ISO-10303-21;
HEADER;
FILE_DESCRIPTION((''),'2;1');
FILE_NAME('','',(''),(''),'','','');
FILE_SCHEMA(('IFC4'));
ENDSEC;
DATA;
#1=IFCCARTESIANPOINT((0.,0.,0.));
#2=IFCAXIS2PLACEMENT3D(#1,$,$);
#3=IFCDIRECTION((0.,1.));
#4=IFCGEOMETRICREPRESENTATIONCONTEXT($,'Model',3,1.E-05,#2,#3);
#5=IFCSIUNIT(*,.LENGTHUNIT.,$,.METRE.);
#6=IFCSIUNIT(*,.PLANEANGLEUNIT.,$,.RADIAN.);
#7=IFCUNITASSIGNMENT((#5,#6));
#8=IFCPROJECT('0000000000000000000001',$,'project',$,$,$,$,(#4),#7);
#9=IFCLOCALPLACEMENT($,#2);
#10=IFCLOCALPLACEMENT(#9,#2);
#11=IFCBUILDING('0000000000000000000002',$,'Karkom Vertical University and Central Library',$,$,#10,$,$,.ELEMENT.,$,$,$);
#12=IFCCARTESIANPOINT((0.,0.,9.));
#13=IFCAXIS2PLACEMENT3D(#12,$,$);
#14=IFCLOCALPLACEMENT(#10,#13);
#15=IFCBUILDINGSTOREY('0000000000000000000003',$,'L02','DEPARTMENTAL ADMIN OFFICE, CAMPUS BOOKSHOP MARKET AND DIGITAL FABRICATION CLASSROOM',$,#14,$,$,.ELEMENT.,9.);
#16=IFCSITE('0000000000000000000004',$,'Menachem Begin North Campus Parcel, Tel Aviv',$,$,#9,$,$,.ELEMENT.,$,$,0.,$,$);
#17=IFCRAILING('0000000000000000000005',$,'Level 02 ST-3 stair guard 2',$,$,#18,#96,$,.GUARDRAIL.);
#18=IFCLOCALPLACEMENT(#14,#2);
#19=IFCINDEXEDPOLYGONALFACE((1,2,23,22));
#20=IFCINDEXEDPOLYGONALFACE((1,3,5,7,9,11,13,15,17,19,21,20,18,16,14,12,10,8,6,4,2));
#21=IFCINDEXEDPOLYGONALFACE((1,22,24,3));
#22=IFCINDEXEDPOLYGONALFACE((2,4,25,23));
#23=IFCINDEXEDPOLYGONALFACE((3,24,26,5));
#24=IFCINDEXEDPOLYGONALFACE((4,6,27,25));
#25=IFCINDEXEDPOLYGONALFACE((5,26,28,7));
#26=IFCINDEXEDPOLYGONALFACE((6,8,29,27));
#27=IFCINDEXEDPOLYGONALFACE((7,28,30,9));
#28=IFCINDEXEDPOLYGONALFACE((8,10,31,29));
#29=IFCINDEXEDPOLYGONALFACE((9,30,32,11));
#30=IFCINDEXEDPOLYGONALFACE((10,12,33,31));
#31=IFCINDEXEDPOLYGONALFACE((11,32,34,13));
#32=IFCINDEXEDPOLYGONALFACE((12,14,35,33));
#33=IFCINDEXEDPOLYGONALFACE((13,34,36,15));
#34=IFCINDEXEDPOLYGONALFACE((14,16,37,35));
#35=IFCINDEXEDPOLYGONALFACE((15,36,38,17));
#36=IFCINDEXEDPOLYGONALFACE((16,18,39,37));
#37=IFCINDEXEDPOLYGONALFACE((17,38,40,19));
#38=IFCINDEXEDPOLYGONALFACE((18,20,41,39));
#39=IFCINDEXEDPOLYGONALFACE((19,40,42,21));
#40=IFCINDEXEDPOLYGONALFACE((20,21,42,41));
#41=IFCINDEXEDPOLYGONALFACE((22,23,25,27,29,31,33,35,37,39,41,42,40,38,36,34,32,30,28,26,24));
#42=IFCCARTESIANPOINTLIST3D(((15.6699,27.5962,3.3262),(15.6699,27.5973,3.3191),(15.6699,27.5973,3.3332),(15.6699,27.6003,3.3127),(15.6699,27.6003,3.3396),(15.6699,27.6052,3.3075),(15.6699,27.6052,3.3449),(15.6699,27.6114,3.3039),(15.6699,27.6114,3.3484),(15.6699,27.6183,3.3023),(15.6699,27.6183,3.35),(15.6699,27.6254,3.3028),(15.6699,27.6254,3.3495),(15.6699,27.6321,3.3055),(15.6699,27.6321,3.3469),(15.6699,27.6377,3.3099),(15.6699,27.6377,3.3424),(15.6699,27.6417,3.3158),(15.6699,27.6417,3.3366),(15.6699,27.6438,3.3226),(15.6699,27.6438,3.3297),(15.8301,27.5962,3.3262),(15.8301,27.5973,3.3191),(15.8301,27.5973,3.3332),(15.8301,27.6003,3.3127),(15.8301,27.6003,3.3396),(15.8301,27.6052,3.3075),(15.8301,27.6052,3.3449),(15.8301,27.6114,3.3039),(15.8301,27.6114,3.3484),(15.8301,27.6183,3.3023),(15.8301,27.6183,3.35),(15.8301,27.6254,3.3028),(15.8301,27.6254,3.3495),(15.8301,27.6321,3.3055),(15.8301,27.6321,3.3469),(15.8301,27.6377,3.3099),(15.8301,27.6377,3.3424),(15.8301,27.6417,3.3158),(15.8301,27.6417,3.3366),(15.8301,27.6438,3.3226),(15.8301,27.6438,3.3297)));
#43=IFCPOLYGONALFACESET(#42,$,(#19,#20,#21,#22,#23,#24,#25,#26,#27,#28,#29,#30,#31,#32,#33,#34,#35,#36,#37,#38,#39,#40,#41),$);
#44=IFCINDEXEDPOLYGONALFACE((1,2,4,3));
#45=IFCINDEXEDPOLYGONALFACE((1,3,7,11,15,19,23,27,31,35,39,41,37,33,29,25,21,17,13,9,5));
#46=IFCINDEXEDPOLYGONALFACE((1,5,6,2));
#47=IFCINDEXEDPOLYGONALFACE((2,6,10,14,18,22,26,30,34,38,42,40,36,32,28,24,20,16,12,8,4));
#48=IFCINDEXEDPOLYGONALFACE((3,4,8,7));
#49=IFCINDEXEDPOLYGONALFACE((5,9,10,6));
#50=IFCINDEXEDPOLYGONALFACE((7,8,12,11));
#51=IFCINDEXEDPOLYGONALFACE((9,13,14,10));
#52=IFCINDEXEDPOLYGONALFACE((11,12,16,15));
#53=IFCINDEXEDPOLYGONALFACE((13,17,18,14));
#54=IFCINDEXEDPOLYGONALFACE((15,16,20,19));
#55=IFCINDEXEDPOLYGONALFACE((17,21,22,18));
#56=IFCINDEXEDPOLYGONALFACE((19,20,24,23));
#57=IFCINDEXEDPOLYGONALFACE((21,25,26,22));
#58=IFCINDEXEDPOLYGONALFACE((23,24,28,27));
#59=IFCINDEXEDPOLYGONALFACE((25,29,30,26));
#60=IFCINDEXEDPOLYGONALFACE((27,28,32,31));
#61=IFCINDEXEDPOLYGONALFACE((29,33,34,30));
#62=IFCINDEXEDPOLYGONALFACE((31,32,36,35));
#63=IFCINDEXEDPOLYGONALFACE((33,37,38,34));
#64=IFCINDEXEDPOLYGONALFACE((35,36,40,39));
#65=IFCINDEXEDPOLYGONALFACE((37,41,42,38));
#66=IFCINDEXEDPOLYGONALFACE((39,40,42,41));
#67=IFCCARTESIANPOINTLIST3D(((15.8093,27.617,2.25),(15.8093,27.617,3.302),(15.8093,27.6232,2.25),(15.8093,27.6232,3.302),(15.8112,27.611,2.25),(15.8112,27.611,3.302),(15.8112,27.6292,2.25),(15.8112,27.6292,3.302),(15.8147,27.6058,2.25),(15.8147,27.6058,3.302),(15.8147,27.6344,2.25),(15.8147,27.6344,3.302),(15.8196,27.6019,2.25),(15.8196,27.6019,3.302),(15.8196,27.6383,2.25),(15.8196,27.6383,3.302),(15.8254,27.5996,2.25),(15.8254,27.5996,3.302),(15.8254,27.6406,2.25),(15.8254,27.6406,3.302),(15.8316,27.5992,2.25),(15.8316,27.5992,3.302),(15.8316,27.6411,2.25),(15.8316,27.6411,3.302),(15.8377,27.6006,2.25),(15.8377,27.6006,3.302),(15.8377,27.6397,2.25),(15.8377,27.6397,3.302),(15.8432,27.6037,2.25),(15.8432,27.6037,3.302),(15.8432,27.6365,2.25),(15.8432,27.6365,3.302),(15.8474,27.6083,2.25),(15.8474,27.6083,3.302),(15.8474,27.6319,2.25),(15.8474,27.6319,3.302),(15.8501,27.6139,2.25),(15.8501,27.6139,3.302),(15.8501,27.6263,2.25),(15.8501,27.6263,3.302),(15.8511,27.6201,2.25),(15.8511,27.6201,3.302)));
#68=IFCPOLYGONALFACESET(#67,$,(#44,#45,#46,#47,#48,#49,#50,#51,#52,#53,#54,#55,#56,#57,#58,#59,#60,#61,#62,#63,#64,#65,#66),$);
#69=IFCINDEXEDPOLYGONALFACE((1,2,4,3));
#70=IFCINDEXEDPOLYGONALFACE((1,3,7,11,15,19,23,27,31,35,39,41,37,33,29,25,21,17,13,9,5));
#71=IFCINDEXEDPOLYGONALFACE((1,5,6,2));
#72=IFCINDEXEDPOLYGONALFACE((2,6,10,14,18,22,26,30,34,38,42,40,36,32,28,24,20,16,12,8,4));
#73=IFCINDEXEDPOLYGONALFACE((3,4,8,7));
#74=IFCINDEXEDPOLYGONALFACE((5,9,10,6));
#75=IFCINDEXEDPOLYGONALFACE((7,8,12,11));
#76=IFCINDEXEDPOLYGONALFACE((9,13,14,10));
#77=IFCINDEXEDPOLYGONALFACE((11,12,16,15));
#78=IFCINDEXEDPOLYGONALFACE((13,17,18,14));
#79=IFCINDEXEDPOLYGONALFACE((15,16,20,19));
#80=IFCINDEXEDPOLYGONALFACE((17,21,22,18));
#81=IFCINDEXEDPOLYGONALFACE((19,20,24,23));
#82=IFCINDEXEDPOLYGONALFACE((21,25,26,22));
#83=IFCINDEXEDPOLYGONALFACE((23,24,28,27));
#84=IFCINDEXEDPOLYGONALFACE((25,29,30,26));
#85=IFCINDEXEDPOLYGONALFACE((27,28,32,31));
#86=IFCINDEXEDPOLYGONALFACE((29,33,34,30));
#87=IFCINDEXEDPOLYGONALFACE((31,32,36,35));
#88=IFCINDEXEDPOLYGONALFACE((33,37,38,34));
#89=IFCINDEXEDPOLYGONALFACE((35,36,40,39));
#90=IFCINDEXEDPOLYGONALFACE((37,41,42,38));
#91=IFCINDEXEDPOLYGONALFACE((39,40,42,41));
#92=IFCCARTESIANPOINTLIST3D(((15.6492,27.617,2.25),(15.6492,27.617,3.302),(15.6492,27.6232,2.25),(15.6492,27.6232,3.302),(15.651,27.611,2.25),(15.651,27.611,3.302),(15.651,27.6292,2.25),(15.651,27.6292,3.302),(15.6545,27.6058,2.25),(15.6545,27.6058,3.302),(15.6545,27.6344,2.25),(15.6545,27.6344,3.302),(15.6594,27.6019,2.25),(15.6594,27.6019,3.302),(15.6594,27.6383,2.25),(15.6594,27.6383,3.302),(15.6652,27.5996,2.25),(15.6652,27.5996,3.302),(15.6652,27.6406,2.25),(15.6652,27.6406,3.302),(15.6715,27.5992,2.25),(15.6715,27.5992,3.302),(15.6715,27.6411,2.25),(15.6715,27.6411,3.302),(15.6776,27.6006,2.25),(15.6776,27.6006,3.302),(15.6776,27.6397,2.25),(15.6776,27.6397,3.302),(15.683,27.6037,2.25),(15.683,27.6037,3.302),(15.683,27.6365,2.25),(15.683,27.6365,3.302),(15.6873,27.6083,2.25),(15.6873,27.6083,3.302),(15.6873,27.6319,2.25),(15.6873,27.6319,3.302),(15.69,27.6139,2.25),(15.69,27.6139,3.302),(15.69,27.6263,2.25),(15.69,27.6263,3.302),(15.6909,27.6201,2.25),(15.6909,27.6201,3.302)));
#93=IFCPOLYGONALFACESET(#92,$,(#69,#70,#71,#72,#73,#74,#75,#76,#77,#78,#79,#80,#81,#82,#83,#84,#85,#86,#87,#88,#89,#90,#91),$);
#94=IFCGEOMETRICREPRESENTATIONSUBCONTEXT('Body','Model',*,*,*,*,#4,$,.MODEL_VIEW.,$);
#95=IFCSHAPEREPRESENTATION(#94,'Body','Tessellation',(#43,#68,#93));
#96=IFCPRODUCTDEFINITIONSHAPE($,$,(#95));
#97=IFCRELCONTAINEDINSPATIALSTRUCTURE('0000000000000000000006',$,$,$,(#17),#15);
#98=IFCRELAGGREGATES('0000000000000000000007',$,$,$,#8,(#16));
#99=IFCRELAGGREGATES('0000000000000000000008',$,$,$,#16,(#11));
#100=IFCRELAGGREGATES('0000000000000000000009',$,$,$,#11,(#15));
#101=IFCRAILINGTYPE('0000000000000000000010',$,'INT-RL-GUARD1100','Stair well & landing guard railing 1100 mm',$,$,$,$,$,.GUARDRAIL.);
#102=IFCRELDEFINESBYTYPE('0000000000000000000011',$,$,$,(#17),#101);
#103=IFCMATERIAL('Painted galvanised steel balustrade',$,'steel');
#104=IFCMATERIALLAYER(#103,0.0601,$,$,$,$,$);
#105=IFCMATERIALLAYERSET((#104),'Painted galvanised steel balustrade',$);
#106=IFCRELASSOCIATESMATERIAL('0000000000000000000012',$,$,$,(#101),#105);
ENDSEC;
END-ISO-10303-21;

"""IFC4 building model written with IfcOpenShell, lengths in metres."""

from ifc_helpers import new_model, si_unit, direction, frame, origin, origin_2d, place, context, subcontext, project, spatial, circle, extrude, material, layer, layer_set, type_object, element, save


model = new_model("IFC4")

# Units and contexts
model_context = context("Model", 3, precision=1e-05, world=origin(), true_north=direction((0.0, 1.0)))
body_context = subcontext(model_context, "Body", "Model", "MODEL_VIEW")
ifc_project = project(units=[si_unit("LENGTHUNIT", "METRE"), si_unit("PLANEANGLEUNIT", "RADIAN")], contexts=[model_context])

# Site, building, storey
site_placement = place(None, origin())
site = spatial("IfcSite", under=ifc_project, at=site_placement, Name="Menachem Begin North Campus Parcel, Tel Aviv", CompositionType="ELEMENT", RefElevation=0.0)
building_placement = place(site_placement, origin())
building = spatial("IfcBuilding", under=site, at=building_placement, Name="Karkom Vertical University and Central Library", CompositionType="ELEMENT")
storey_placement = place(building_placement, frame((0.0, 0.0, 9.0)))
storey = spatial("IfcBuildingStorey", under=building, at=storey_placement, Name="L02", Description="DEPARTMENTAL ADMIN OFFICE, CAMPUS BOOKSHOP MARKET AND DIGITAL FABRICATION CLASSROOM", CompositionType="ELEMENT", Elevation=9.0)

# Railing
ifc_material_1 = material(Name="Painted galvanised steel balustrade", Category="steel")
ifc_layer_1 = layer(ifc_material_1, 0.0601)
ifc_layer_set_1 = layer_set([ifc_layer_1], Name="Painted galvanised steel balustrade")
railing_type_1 = type_object("IfcRailingType", Name="INT-RL-GUARD1100", Description="Stair well & landing guard railing 1100 mm", PredefinedType="GUARDRAIL", material=ifc_layer_set_1)
railing_1_placement = place(storey_placement, frame((15.8301, 27.6201, 2.25)))
element("IfcRailing", 1, at=railing_1_placement, inside=storey, type_object=railing_type_1, Name="Level 02 ST-3 stair guard 2", PredefinedType="GUARDRAIL", context=body_context, shape_type="SweptSolid", body=[
    extrude(circle(Radius=0.0239, at=origin_2d()), frame((0.0, 0.0, 1.0762), z_axis=(-1.0, 0.0, 0.0), x_axis=(0.0, -1.0, 0.0)), (0.0, 0.0, 1.0), 0.1602),
    extrude(circle(Radius=0.021, at=origin_2d()), origin(), (0.0, 0.0, 1.0), 1.052),
    extrude(circle(Radius=0.021, at=origin_2d()), frame((-0.1602, 0.0, 0.0)), (0.0, 0.0, 1.0), 1.052),
])

save(model, "model.ifc")
